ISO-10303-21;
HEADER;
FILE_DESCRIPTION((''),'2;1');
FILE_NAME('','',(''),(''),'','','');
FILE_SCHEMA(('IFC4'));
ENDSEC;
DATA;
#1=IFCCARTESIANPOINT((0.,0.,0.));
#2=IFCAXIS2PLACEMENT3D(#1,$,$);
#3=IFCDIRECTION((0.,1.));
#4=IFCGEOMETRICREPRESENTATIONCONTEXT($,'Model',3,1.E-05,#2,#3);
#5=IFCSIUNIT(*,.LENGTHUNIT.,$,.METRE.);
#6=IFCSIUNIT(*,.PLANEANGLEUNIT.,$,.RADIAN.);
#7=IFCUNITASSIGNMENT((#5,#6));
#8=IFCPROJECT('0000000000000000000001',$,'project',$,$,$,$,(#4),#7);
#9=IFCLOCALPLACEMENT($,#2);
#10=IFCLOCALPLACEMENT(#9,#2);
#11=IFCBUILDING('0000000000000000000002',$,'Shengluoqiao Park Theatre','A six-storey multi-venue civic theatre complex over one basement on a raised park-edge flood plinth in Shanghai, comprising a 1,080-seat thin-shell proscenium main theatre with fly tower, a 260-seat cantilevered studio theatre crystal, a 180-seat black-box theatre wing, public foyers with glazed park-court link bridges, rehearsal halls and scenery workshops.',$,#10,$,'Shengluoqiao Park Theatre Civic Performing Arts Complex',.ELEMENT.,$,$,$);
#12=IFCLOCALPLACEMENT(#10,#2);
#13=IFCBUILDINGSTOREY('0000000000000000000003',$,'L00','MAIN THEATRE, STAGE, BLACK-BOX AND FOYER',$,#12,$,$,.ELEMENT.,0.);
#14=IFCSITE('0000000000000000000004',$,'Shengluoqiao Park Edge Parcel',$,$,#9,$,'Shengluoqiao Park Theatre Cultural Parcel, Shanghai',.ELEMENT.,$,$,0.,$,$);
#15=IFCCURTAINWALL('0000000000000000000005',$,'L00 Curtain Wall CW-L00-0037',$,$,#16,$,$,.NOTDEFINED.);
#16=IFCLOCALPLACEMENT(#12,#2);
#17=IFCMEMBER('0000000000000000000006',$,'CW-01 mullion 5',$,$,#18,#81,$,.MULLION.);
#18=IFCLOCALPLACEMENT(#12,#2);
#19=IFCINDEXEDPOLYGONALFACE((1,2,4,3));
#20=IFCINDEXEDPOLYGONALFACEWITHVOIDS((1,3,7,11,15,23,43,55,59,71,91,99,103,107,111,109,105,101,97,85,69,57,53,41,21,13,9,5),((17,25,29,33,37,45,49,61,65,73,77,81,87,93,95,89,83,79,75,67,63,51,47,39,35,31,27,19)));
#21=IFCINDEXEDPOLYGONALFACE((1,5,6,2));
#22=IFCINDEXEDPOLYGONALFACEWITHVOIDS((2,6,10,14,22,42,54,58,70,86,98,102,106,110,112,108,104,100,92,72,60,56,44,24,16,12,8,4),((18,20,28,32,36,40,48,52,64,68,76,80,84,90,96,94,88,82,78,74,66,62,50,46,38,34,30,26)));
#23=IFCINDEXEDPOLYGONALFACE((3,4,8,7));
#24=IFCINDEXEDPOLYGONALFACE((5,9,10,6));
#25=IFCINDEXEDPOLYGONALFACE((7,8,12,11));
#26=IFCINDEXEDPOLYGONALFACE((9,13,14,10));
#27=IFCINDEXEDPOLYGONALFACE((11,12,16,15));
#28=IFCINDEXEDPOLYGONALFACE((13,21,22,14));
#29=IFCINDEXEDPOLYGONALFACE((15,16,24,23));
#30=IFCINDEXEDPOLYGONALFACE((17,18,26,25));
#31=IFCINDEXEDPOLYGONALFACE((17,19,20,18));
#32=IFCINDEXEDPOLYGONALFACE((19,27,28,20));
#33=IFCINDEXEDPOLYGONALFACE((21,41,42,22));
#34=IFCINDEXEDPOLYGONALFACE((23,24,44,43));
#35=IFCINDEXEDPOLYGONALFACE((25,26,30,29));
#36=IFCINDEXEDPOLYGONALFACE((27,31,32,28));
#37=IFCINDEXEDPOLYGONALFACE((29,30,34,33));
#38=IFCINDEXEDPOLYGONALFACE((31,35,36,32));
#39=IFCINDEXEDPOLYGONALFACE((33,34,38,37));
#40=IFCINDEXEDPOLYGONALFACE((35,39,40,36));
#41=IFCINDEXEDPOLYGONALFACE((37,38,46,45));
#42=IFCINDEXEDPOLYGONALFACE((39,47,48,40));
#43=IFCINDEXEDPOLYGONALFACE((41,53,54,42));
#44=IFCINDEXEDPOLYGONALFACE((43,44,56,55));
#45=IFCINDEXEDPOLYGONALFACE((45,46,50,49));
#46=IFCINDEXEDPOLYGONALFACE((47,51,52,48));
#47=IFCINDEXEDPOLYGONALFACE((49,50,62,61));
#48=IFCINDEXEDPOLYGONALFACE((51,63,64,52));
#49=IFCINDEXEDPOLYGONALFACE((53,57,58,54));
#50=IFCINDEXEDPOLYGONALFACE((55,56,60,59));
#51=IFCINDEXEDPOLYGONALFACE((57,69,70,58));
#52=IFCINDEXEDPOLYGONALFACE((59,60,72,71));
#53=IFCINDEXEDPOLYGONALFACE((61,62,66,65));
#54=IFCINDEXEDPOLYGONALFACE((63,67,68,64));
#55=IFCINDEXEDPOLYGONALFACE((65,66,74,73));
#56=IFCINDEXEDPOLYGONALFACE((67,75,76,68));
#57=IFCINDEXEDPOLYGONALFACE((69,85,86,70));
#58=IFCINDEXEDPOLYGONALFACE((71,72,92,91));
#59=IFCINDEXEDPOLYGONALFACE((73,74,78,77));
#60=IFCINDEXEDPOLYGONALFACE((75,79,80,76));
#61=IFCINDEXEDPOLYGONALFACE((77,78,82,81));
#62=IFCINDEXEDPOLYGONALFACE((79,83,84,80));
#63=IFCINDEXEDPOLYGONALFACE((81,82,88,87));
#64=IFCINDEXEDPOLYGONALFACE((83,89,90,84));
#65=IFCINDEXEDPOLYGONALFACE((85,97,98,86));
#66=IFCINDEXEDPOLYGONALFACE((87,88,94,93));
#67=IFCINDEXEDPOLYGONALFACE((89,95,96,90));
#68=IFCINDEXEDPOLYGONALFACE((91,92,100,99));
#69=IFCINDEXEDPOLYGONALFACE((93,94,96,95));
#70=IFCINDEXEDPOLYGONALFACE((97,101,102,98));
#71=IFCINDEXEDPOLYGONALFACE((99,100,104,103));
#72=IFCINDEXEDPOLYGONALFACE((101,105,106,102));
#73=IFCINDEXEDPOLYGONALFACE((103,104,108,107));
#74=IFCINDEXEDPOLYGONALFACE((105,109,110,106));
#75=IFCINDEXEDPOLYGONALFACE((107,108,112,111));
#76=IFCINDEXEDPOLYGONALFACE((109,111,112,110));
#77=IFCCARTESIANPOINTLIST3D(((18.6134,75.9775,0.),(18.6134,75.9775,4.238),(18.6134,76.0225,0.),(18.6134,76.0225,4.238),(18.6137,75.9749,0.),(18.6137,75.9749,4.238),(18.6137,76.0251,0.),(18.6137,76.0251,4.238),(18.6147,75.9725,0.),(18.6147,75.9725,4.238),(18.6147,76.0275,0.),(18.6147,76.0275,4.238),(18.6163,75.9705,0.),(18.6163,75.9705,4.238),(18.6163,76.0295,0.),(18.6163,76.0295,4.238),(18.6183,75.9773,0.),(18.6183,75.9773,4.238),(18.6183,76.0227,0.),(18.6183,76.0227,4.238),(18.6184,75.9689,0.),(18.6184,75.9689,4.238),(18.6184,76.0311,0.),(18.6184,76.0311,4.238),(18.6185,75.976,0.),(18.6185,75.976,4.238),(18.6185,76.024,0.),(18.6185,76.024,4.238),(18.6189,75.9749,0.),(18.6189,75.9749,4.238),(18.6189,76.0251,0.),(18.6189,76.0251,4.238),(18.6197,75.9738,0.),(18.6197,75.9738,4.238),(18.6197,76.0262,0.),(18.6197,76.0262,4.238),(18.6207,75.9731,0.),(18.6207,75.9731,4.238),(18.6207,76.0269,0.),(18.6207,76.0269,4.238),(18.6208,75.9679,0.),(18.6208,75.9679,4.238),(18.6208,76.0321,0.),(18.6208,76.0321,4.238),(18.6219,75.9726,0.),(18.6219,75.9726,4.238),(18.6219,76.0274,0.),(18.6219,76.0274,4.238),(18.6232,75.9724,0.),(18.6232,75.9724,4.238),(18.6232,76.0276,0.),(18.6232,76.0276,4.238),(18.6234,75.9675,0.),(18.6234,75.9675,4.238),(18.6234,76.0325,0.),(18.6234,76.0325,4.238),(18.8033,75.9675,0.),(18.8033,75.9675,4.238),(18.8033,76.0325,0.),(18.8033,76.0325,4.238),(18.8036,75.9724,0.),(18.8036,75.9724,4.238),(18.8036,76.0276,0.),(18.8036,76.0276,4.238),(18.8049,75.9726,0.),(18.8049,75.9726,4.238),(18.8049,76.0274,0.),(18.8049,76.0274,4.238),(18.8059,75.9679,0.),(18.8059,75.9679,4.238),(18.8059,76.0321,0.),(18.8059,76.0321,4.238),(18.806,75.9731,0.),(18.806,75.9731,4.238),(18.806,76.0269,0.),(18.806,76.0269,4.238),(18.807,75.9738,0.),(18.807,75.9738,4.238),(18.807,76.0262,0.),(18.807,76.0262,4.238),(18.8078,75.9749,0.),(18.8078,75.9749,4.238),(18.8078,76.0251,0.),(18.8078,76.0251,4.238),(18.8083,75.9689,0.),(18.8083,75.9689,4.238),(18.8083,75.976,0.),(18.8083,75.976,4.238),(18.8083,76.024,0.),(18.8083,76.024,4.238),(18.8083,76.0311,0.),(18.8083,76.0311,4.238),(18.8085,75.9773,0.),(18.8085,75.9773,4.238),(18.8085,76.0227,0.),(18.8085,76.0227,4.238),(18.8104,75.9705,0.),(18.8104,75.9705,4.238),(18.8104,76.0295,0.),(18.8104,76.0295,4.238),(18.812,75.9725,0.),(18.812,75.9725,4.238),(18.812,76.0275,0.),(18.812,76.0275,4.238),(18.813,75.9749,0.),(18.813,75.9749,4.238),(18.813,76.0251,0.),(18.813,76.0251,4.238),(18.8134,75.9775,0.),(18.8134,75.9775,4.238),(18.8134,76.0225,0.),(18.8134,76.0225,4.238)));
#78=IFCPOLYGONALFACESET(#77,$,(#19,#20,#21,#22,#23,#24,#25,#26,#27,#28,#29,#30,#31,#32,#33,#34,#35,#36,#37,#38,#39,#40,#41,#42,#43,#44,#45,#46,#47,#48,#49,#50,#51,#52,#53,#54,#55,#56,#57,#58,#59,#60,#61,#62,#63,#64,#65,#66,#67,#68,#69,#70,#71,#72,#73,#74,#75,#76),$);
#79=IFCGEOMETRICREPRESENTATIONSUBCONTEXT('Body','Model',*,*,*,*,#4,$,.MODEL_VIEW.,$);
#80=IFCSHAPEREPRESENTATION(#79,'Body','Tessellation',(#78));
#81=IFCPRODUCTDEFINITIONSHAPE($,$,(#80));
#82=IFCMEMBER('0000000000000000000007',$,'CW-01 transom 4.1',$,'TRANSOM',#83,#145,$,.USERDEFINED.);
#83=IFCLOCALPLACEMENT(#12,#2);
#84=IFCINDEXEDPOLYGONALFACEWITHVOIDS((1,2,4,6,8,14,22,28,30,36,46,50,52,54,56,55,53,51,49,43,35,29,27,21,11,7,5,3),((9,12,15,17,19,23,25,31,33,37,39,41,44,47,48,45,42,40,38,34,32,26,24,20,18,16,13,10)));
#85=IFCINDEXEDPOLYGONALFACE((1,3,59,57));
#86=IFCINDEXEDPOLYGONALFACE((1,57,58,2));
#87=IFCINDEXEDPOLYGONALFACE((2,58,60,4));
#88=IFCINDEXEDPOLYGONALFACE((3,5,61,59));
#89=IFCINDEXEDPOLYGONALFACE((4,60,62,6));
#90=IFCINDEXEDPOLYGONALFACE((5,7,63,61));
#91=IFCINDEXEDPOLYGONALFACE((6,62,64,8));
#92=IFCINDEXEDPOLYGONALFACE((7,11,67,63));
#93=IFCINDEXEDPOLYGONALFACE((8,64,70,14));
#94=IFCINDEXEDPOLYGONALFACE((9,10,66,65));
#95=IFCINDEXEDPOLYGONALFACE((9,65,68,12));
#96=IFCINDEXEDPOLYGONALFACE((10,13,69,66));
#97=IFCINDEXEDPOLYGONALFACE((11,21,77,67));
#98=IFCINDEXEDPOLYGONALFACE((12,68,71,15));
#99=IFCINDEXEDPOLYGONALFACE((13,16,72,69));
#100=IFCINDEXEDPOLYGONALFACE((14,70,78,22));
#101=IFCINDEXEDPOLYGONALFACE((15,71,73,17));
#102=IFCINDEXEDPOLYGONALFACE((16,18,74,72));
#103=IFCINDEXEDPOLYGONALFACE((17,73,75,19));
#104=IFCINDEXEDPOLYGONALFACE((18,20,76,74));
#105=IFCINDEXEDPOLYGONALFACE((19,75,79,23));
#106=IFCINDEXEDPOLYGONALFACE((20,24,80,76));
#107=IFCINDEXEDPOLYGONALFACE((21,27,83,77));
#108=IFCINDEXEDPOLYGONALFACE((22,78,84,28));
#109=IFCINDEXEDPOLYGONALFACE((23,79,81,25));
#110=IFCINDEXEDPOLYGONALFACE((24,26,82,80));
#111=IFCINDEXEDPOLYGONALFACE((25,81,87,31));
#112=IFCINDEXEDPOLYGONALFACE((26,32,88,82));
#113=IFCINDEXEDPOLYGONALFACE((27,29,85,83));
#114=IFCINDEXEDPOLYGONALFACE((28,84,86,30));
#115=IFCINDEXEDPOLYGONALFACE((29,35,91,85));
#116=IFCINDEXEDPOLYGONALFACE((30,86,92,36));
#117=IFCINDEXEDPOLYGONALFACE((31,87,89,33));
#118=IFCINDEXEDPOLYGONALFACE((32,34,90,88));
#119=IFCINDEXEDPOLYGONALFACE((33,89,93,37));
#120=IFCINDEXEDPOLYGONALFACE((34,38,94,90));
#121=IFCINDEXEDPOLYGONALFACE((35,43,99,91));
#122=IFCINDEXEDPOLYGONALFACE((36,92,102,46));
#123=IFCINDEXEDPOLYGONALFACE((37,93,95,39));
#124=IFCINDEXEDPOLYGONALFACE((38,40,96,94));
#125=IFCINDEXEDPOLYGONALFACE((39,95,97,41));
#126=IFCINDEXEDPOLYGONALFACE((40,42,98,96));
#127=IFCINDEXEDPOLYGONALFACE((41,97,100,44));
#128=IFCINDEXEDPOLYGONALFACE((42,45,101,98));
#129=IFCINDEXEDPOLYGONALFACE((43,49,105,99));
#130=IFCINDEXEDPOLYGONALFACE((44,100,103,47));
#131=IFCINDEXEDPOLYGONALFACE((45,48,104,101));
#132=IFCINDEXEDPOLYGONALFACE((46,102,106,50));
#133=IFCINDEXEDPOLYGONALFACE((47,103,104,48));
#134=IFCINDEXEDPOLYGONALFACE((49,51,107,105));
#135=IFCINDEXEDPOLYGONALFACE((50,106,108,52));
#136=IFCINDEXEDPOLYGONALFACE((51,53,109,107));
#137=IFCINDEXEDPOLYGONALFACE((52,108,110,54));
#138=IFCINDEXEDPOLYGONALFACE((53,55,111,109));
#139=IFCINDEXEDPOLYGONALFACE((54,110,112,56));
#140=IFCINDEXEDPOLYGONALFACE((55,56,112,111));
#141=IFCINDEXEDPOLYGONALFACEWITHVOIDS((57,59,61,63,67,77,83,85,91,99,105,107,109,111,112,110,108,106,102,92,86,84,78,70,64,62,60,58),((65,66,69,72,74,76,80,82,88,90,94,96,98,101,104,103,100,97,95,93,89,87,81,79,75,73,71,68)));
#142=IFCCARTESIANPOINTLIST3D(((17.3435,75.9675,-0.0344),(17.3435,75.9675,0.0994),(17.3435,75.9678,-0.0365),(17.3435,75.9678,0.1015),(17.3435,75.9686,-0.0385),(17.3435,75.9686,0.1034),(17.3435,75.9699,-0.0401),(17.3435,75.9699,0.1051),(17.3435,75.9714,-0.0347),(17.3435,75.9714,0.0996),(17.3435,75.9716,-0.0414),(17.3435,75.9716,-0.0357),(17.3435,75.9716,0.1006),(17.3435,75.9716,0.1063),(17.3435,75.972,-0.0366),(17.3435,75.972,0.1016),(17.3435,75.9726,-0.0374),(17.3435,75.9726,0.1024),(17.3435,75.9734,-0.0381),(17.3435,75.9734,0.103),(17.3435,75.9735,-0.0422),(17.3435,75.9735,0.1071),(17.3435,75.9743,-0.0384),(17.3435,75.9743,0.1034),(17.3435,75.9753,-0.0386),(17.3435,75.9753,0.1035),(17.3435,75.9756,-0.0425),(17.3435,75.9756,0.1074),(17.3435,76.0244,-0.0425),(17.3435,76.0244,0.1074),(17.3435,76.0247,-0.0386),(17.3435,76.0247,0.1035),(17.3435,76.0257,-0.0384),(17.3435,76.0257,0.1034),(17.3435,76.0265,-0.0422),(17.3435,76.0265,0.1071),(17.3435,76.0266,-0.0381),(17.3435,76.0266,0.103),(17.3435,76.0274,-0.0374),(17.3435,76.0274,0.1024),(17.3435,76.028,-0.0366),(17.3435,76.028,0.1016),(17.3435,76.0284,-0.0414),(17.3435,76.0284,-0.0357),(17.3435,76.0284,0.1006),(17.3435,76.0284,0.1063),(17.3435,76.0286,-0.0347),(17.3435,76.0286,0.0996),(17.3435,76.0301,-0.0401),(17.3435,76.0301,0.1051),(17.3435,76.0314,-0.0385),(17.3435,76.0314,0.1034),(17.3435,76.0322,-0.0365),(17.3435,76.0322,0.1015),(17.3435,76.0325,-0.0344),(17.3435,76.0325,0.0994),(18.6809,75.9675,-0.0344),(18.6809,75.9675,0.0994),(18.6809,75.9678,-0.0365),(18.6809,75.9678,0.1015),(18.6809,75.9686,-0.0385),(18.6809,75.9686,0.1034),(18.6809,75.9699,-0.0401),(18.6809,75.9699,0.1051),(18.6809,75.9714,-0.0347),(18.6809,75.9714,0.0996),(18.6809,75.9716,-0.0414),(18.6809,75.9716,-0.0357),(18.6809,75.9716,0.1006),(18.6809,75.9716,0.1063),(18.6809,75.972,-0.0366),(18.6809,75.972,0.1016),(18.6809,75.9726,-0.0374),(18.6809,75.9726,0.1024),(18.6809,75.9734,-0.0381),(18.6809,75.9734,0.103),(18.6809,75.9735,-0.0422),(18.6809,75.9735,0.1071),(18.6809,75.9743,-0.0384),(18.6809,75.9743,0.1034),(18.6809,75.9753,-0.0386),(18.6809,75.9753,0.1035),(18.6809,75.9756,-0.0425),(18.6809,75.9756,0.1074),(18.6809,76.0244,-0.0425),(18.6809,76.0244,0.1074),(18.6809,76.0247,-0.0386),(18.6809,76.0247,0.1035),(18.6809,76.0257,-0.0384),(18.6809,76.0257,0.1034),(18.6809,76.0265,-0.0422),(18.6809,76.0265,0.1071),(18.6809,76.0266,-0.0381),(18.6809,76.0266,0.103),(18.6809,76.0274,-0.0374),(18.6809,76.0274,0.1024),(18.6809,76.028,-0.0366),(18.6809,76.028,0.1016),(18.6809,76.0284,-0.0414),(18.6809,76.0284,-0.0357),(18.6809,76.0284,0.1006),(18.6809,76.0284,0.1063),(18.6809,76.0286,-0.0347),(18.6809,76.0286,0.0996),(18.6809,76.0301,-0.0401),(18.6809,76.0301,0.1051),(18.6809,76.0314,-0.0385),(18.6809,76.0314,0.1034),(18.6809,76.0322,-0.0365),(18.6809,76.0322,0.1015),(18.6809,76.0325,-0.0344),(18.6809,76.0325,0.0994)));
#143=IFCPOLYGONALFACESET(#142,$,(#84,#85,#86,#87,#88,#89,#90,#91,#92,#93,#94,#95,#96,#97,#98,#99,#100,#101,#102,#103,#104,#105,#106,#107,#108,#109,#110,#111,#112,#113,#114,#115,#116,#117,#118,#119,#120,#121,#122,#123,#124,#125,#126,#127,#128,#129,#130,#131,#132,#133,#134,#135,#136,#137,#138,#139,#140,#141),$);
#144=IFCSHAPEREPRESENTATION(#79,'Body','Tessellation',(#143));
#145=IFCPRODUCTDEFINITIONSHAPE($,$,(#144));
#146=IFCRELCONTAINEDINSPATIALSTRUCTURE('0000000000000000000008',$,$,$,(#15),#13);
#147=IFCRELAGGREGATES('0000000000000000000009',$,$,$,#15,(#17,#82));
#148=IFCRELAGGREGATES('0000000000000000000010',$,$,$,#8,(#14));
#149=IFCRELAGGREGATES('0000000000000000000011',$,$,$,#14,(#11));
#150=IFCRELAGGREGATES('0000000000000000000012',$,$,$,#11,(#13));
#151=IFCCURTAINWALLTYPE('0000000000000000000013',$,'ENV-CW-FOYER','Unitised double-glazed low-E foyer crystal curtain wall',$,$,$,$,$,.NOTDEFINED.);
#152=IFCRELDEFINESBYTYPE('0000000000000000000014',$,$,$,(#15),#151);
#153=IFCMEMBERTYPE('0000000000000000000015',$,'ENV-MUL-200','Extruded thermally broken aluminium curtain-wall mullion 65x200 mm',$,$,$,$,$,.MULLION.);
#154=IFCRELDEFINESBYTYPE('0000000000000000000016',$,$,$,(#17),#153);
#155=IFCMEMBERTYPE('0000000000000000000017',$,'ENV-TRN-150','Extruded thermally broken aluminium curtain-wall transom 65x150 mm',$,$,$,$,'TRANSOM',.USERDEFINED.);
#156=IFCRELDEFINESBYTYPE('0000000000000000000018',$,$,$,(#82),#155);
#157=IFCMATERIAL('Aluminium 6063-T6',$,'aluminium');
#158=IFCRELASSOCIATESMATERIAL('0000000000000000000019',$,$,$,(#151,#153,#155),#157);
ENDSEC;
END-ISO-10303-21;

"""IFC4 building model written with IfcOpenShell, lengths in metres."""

from ifc_helpers import new_model, si_unit, direction, frame, origin, origin_2d, place, context, subcontext, project, spatial, hollow_rectangle, extrude, material, material_profile, profile_set, type_object, element, aggregate, save


model = new_model("IFC4")

# Units and contexts
model_context = context("Model", 3, precision=1e-05, world=origin(), true_north=direction((0.0, 1.0)))
body_context = subcontext(model_context, "Body", "Model", "MODEL_VIEW")
ifc_project = project(units=[si_unit("LENGTHUNIT", "METRE"), si_unit("PLANEANGLEUNIT", "RADIAN")], contexts=[model_context])

# Site, building, storey
site_placement = place(None, origin())
site = spatial("IfcSite", under=ifc_project, at=site_placement, Name="Shengluoqiao Park Edge Parcel", LongName="Shengluoqiao Park Theatre Cultural Parcel, Shanghai", CompositionType="ELEMENT", RefElevation=0.0)
building_placement = place(site_placement, origin())
building = spatial("IfcBuilding", under=site, at=building_placement, Name="Shengluoqiao Park Theatre", Description="A six-storey multi-venue civic theatre complex over one basement on a raised park-edge flood plinth in Shanghai, comprising a 1,080-seat thin-shell proscenium main theatre with fly tower, a 260-seat cantilevered studio theatre crystal, a 180-seat black-box theatre wing, public foyers with glazed park-court link bridges, rehearsal halls and scenery workshops.", LongName="Shengluoqiao Park Theatre Civic Performing Arts Complex", CompositionType="ELEMENT")
storey_placement = place(building_placement, origin())
storey = spatial("IfcBuildingStorey", under=building, at=storey_placement, Name="L00", Description="MAIN THEATRE, STAGE, BLACK-BOX AND FOYER", CompositionType="ELEMENT", Elevation=0.0)

# Curtain wall, members
ifc_material_1 = material(Name="Aluminium 6063-T6", Category="aluminium")
curtain_wall_type = type_object("IfcCurtainWallType", Name="ENV-CW-FOYER", Description="Unitised double-glazed low-E foyer crystal curtain wall", PredefinedType="NOTDEFINED", material=ifc_material_1)
curtain_wall_placement = place(storey_placement, origin())
curtain_wall = element("IfcCurtainWall", 1, at=curtain_wall_placement, inside=storey, type_object=curtain_wall_type, Name="L00 Curtain Wall CW-L00-0037", PredefinedType="NOTDEFINED")
ifc_material_profile_1 = material_profile(ifc_material_1, hollow_rectangle(XDim=0.0649, YDim=0.2, WallThickness=0.0049, InnerFilletRadius=0.0049, OuterFilletRadius=0.01, at=origin_2d()), Name="ALU MULLION 200x65x5")
ifc_profile_set_1 = profile_set([ifc_material_profile_1], Name="Aluminium 6063-T6")
member_type_1 = type_object("IfcMemberType", Name="ENV-MUL-200", Description="Extruded thermally broken aluminium curtain-wall mullion 65x200 mm", PredefinedType="MULLION", material=ifc_profile_set_1)
member_1_placement = place(storey_placement, frame((18.7134, 76.0, 0.0), z_axis=(0.0, 0.0, 1.0), x_axis=(0.0, 1.0, 0.0)))
member_1 = element("IfcMember", 2, at=member_1_placement, type_object=member_type_1, Name="CW-01 mullion 5", PredefinedType="MULLION", context=body_context, shape_type="SweptSolid", body=[
    extrude(hollow_rectangle(XDim=0.0649, YDim=0.2, WallThickness=0.0049, InnerFilletRadius=0.0049, OuterFilletRadius=0.01, at=origin_2d()), origin(), (0.0, 0.0, 1.0), 4.238),
])
ifc_material_profile_2 = material_profile(ifc_material_1, hollow_rectangle(XDim=0.0649, YDim=0.1499, WallThickness=0.0039, InnerFilletRadius=0.0039, OuterFilletRadius=0.0081, at=origin_2d()), Name="ALU TRANSOM 150x65x4")
ifc_profile_set_2 = profile_set([ifc_material_profile_2], Name="Aluminium 6063-T6")
member_type_2 = type_object("IfcMemberType", Name="ENV-TRN-150", Description="Extruded thermally broken aluminium curtain-wall transom 65x150 mm", ElementType="TRANSOM", PredefinedType="USERDEFINED", material=ifc_profile_set_2)
member_2_placement = place(storey_placement, frame((17.3435, 76.0, 0.0325), z_axis=(1.0, 0.0, 0.0), x_axis=(0.0, 1.0, 0.0)))
member_2 = element("IfcMember", 3, at=member_2_placement, type_object=member_type_2, Name="CW-01 transom 4.1", ObjectType="TRANSOM", PredefinedType="USERDEFINED", context=body_context, shape_type="SweptSolid", body=[
    extrude(hollow_rectangle(XDim=0.0649, YDim=0.1499, WallThickness=0.0039, InnerFilletRadius=0.0039, OuterFilletRadius=0.0081, at=origin_2d()), origin(), (0.0, 0.0, 1.0), 1.3374),
])
aggregate(curtain_wall, [member_1, member_2])

save(model, "model.ifc")
